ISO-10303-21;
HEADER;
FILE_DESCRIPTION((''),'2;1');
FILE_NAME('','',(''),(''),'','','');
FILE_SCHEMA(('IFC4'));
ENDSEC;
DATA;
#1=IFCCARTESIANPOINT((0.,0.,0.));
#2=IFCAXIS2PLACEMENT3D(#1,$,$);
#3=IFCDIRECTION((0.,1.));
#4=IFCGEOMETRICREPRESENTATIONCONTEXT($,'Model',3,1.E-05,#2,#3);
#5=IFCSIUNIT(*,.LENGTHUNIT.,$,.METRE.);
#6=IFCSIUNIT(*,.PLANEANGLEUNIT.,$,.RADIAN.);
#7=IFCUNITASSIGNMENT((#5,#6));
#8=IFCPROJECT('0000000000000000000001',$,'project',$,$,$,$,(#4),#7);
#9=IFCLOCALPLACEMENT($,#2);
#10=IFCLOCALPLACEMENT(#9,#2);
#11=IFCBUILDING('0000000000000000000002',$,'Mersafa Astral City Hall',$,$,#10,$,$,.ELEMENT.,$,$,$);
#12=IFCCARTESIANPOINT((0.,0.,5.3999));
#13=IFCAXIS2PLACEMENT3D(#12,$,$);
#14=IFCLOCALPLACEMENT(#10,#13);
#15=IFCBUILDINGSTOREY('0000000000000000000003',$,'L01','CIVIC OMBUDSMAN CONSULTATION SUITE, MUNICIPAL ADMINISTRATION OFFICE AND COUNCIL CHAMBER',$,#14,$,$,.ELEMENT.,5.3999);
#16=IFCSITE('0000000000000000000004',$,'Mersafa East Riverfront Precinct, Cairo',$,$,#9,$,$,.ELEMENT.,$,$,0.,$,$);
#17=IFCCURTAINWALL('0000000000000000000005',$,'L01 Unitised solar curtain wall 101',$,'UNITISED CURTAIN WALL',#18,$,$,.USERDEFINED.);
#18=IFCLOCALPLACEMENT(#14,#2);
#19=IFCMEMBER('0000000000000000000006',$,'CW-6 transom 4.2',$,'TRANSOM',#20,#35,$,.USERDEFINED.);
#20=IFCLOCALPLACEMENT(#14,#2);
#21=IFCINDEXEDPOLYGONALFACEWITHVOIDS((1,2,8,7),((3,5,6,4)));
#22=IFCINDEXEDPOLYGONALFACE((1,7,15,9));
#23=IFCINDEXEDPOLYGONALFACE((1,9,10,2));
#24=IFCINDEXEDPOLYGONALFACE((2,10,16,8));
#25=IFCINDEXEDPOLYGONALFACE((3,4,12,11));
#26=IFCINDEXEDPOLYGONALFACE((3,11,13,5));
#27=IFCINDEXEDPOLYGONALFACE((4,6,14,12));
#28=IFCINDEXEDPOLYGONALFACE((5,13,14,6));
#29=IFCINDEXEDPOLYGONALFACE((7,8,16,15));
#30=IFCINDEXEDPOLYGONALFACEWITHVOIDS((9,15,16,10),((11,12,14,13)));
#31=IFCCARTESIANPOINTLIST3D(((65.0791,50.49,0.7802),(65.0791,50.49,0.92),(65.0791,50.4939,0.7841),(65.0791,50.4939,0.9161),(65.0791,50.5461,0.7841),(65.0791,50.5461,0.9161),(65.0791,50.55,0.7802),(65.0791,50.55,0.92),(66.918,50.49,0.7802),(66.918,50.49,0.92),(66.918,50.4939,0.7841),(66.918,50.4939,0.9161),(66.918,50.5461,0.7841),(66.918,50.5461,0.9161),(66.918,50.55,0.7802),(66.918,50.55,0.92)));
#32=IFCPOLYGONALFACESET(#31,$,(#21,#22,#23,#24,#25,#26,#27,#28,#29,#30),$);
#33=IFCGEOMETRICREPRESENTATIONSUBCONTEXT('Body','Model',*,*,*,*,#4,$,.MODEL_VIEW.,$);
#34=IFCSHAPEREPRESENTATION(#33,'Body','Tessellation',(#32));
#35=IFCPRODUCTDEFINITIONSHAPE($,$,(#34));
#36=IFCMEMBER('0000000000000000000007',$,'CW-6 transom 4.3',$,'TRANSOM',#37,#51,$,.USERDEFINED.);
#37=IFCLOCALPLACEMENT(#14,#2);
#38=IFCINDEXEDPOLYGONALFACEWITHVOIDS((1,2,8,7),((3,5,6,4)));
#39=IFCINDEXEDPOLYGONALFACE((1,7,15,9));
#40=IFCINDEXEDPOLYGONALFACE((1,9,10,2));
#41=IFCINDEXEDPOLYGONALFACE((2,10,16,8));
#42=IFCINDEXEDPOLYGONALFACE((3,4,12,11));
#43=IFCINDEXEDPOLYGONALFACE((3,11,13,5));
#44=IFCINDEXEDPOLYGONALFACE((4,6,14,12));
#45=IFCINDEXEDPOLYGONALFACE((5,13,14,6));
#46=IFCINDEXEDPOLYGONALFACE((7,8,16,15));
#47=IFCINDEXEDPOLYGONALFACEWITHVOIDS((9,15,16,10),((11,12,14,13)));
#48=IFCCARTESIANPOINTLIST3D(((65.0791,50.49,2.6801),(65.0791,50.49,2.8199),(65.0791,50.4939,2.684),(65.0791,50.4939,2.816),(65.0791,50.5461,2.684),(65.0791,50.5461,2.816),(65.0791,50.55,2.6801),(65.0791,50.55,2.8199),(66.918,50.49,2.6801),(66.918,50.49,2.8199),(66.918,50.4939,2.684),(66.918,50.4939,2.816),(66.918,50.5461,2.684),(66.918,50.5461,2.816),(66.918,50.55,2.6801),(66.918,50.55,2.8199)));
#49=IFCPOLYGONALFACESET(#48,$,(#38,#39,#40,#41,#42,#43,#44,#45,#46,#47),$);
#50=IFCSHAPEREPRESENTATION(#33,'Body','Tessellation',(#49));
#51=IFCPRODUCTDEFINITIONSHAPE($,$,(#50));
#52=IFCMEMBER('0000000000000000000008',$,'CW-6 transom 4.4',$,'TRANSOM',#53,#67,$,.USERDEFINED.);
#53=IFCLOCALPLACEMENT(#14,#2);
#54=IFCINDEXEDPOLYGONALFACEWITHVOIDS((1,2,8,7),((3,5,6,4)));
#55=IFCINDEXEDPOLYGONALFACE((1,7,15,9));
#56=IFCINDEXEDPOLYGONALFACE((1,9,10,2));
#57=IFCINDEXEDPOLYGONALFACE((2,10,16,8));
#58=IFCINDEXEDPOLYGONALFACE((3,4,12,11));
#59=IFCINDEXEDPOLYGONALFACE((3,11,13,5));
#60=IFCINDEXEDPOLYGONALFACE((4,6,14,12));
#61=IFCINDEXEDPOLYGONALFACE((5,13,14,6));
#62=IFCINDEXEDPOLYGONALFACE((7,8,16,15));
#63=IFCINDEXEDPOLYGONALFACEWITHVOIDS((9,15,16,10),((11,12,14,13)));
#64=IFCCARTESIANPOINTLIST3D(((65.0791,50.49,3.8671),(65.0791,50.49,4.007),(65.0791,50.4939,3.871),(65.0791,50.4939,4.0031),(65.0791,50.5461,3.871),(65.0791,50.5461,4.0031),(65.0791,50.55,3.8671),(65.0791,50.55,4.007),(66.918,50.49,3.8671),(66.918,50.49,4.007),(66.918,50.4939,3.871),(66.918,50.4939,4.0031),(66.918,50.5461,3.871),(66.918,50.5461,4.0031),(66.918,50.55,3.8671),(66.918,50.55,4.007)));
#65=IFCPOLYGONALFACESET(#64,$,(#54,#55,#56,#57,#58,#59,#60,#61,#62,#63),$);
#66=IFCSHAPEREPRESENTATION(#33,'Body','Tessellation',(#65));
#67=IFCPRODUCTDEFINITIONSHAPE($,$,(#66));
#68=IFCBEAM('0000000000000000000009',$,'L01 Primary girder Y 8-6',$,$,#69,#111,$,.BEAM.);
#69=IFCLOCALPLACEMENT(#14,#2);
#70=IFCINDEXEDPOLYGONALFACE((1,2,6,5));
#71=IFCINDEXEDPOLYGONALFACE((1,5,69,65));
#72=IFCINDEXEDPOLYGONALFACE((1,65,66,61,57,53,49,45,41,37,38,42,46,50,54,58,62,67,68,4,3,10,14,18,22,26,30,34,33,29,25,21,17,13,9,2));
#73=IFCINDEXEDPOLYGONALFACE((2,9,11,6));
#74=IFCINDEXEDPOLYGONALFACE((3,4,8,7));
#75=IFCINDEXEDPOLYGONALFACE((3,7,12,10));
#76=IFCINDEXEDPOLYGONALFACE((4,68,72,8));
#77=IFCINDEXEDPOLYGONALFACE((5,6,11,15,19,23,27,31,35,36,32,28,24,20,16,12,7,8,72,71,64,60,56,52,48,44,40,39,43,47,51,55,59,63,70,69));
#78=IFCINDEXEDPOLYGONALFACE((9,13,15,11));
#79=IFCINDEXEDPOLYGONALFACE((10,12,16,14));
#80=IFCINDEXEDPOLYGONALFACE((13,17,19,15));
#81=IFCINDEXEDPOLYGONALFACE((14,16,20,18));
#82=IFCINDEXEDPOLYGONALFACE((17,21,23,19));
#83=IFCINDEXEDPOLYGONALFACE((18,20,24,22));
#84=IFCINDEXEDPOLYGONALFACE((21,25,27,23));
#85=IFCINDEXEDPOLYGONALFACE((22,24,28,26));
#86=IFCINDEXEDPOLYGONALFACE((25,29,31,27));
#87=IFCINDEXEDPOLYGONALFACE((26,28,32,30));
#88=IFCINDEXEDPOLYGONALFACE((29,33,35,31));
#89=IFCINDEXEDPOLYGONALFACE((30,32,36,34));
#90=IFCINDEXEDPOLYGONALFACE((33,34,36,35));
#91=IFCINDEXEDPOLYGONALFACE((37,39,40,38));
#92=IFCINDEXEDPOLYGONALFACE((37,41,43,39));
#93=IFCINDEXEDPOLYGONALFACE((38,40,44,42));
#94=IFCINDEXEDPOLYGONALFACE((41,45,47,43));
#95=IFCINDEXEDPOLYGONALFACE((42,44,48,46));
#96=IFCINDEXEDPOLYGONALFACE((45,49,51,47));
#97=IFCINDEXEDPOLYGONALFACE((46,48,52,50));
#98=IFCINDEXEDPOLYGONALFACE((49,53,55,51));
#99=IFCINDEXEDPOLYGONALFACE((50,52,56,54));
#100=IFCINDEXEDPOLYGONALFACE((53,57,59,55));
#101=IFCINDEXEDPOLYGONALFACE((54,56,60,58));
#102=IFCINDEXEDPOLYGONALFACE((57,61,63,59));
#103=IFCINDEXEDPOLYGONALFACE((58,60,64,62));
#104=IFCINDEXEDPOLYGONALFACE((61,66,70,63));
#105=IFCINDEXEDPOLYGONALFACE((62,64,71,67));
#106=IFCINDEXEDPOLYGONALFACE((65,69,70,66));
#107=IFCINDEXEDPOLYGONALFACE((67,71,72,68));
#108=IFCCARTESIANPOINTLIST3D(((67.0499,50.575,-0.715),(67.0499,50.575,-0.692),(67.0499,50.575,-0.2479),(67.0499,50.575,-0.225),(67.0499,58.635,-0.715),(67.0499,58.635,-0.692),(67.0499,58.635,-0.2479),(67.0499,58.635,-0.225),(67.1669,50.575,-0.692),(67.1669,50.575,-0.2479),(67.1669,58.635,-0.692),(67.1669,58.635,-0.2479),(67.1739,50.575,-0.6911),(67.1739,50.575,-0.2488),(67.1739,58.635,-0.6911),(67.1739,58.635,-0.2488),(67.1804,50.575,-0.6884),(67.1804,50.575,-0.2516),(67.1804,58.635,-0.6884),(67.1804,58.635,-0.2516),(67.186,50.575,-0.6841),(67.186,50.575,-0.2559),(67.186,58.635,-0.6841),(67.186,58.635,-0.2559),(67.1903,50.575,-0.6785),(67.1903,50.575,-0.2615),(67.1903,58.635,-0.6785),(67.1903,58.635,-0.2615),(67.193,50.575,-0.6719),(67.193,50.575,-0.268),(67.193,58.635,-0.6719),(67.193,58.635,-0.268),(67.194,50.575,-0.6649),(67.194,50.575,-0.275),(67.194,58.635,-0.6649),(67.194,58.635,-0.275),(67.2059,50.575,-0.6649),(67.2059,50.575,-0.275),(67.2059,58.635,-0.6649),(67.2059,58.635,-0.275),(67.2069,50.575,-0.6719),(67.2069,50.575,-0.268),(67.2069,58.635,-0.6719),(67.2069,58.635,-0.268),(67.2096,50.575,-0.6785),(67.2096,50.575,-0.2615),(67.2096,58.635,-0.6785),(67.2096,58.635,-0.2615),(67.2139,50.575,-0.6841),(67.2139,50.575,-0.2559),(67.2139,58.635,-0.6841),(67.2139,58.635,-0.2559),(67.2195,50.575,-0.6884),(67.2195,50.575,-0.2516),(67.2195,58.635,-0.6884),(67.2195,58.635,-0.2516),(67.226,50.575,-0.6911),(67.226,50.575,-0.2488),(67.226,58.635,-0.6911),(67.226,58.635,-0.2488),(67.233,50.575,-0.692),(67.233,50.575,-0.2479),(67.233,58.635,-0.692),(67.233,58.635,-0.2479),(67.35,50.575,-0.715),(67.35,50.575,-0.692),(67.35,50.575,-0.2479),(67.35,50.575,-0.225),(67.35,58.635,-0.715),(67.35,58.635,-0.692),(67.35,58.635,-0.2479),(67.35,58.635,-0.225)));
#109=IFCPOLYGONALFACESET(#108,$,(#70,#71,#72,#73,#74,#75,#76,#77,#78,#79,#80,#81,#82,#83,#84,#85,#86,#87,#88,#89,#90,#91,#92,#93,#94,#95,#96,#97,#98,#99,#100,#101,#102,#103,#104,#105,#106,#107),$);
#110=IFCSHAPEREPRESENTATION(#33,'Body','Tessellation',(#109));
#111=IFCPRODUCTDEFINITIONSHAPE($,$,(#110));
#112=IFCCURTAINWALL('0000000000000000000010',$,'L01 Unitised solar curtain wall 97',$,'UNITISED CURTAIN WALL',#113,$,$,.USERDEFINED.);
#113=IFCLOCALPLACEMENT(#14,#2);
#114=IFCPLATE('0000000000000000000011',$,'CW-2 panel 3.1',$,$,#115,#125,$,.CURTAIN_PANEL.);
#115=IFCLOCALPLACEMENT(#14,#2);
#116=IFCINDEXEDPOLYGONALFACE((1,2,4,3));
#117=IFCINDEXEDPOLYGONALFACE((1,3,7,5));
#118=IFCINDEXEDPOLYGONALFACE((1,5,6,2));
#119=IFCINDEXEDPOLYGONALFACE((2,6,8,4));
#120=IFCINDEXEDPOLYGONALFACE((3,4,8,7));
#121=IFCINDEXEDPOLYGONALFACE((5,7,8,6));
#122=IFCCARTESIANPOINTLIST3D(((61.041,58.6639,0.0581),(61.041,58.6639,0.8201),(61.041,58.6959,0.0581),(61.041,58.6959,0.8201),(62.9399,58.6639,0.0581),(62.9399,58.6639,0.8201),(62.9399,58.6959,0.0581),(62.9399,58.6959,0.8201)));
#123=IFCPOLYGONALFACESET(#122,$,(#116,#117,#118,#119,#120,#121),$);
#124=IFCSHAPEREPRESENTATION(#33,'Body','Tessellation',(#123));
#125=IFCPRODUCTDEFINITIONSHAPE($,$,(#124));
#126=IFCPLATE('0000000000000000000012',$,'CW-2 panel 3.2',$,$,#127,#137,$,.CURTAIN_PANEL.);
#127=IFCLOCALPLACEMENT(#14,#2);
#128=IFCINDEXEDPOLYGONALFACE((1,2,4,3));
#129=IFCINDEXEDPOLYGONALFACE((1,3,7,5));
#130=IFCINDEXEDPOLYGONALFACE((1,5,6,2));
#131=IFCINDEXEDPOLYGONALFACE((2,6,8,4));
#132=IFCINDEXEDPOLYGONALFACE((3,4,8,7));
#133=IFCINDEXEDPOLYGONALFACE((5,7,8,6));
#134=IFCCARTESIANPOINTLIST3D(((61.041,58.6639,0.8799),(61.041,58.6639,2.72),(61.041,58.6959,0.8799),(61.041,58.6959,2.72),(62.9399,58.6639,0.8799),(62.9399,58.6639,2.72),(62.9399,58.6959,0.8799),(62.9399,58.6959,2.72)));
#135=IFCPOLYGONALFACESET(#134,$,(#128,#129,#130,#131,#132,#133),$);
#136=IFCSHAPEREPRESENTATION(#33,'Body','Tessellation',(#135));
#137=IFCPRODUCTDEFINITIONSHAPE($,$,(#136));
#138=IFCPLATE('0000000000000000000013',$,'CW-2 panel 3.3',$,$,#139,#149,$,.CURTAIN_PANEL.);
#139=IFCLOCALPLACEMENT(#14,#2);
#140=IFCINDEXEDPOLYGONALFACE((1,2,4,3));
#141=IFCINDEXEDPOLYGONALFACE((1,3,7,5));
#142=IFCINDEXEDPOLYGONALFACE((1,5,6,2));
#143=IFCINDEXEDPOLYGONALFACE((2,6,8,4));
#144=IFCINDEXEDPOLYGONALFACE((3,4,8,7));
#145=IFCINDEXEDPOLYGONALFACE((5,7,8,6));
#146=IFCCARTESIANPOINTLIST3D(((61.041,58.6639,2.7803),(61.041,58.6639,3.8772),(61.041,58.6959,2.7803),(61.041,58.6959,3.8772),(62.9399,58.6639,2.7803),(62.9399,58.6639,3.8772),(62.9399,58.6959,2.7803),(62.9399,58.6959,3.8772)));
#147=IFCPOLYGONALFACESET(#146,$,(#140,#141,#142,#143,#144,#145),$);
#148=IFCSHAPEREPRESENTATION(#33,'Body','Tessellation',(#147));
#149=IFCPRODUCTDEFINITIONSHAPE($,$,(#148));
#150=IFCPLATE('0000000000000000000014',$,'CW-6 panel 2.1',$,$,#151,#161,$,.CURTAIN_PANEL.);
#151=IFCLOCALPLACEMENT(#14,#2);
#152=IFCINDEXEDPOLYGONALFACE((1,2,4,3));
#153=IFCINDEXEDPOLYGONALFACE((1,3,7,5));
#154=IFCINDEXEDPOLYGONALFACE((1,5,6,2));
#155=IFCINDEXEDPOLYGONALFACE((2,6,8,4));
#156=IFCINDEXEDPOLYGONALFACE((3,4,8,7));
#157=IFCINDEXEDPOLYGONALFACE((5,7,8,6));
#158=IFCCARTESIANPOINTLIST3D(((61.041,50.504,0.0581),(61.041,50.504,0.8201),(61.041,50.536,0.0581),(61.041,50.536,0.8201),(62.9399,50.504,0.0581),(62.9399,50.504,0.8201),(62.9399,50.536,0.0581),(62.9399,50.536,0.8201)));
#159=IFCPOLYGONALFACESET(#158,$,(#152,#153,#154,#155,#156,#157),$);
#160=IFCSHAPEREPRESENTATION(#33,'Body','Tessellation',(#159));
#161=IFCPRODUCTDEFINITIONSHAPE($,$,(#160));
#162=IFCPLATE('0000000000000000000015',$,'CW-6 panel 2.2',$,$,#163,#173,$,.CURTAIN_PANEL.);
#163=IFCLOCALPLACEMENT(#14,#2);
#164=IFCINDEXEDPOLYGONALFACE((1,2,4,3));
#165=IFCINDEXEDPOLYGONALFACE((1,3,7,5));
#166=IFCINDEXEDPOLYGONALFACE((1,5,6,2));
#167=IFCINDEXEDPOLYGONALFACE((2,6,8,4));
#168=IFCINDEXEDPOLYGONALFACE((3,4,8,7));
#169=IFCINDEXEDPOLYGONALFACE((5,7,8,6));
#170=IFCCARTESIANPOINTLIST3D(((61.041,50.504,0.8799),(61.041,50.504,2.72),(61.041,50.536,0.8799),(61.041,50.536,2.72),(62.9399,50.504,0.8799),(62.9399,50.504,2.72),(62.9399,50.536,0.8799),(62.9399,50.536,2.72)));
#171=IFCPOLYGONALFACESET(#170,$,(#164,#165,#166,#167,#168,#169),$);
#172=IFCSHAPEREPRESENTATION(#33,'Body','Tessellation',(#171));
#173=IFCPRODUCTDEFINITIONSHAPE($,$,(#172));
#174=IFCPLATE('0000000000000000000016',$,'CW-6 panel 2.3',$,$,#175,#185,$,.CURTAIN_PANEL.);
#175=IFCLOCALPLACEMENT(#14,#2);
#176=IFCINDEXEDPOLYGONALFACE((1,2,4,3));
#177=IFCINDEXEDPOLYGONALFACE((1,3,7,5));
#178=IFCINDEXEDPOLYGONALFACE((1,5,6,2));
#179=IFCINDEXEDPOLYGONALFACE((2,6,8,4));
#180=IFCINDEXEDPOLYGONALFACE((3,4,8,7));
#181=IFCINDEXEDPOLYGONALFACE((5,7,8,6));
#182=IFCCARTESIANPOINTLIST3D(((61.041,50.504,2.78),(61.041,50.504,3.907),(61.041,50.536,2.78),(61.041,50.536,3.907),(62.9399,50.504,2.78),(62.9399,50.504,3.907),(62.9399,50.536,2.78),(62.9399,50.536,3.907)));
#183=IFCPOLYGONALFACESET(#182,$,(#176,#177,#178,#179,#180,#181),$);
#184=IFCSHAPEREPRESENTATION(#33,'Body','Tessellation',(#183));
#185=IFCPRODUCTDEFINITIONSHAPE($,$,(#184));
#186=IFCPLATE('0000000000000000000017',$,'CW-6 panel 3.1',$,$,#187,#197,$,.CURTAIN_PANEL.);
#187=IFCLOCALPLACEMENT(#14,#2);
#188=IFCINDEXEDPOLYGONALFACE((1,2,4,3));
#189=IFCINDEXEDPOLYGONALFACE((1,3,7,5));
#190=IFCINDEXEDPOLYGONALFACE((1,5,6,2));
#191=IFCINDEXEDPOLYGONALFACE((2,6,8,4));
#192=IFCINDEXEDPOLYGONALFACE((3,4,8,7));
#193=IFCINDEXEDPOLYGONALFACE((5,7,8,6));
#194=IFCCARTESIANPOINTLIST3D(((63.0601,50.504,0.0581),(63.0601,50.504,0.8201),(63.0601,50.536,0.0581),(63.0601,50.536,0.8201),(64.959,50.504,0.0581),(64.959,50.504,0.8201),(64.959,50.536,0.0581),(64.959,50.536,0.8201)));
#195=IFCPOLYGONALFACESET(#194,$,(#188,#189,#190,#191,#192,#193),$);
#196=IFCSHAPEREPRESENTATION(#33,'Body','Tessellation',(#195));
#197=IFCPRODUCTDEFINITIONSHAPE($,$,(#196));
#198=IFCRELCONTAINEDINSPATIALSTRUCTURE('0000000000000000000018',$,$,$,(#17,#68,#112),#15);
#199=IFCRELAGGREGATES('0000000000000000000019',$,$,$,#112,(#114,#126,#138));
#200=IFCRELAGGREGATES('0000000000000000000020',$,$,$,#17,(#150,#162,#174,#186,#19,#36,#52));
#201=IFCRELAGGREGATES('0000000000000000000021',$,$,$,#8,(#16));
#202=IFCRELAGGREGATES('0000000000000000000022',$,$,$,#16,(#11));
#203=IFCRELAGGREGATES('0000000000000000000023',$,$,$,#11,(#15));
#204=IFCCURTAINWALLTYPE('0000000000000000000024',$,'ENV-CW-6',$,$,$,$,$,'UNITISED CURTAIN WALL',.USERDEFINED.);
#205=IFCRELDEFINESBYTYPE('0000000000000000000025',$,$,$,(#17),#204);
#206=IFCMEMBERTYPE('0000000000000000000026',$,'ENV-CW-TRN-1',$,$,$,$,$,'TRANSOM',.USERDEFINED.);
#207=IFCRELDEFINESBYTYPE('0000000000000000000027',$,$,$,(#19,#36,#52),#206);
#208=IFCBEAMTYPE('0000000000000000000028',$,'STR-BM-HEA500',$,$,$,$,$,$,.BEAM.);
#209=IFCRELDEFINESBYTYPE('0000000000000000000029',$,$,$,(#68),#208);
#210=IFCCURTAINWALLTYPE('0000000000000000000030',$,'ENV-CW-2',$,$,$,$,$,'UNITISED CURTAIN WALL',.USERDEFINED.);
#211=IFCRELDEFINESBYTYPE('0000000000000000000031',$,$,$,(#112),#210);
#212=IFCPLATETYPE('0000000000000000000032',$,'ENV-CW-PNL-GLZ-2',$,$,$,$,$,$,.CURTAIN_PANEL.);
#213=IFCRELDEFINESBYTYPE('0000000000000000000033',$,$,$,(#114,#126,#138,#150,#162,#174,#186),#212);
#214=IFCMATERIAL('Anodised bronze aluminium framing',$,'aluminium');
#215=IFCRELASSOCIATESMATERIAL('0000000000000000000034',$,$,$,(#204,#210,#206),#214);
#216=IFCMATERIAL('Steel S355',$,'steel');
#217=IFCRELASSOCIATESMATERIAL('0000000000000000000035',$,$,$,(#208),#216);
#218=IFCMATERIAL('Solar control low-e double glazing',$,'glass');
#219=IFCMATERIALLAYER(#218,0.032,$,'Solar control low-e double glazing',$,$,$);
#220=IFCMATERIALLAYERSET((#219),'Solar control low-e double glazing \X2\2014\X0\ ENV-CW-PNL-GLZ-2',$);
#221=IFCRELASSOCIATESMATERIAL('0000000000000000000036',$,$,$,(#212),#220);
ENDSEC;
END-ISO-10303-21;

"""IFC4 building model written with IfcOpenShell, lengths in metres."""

from ifc_helpers import new_model, si_unit, direction, frame, origin, origin_2d, place, context, subcontext, project, spatial, rectangle, hollow_rectangle, i_section, extrude, material, layer, layer_set, material_profile, profile_set, type_object, element, aggregate, save


model = new_model("IFC4")

# Units and contexts
model_context = context("Model", 3, precision=1e-05, world=origin(), true_north=direction((0.0, 1.0)))
body_context = subcontext(model_context, "Body", "Model", "MODEL_VIEW")
ifc_project = project(units=[si_unit("LENGTHUNIT", "METRE"), si_unit("PLANEANGLEUNIT", "RADIAN")], contexts=[model_context])

# Site, building, storey
site_placement = place(None, origin())
site = spatial("IfcSite", under=ifc_project, at=site_placement, Name="Mersafa East Riverfront Precinct, Cairo", CompositionType="ELEMENT", RefElevation=0.0)
building_placement = place(site_placement, origin())
building = spatial("IfcBuilding", under=site, at=building_placement, Name="Mersafa Astral City Hall", CompositionType="ELEMENT")
storey_placement = place(building_placement, frame((0.0, 0.0, 5.3999)))
storey = spatial("IfcBuildingStorey", under=building, at=storey_placement, Name="L01", Description="CIVIC OMBUDSMAN CONSULTATION SUITE, MUNICIPAL ADMINISTRATION OFFICE AND COUNCIL CHAMBER", CompositionType="ELEMENT", Elevation=5.3999)

# Curtain wall, members
ifc_material_1 = material(Name="Anodised bronze aluminium framing", Category="aluminium")
curtain_wall_type_1 = type_object("IfcCurtainWallType", Name="ENV-CW-6", ElementType="UNITISED CURTAIN WALL", PredefinedType="USERDEFINED", material=ifc_material_1)
curtain_wall_1_placement = place(storey_placement, origin())
curtain_wall_1 = element("IfcCurtainWall", 1, at=curtain_wall_1_placement, inside=storey, type_object=curtain_wall_type_1, Name="L01 Unitised solar curtain wall 101", ObjectType="UNITISED CURTAIN WALL", PredefinedType="USERDEFINED")
ifc_material_profile_1 = material_profile(ifc_material_1, hollow_rectangle(XDim=0.0601, YDim=0.1399, WallThickness=0.0039, at=origin_2d()), Name="RHS 60x140x4")
ifc_profile_set_1 = profile_set([ifc_material_profile_1], Name="Anodised bronze aluminium framing")
member_type_1 = type_object("IfcMemberType", Name="ENV-CW-TRN-1", ElementType="TRANSOM", PredefinedType="USERDEFINED", material=ifc_profile_set_1)
member_1_placement = place(storey_placement, frame((65.0791, 50.52, 0.8501), z_axis=(1.0, 0.0, 0.0), x_axis=(0.0, 1.0, 0.0)))
member_1 = element("IfcMember", 2, at=member_1_placement, type_object=member_type_1, Name="CW-6 transom 4.2", ObjectType="TRANSOM", PredefinedType="USERDEFINED", context=body_context, shape_type="SweptSolid", body=[
    extrude(hollow_rectangle(XDim=0.0601, YDim=0.1399, WallThickness=0.0039, at=origin_2d()), origin(), (0.0, 0.0, 1.0), 1.8389),
])
member_2_placement = place(storey_placement, frame((65.0791, 50.52, 2.75), z_axis=(1.0, 0.0, 0.0), x_axis=(0.0, 1.0, 0.0)))
member_2 = element("IfcMember", 3, at=member_2_placement, type_object=member_type_1, Name="CW-6 transom 4.3", ObjectType="TRANSOM", PredefinedType="USERDEFINED", context=body_context, shape_type="SweptSolid", body=[
    extrude(hollow_rectangle(XDim=0.0601, YDim=0.1399, WallThickness=0.0039, at=origin_2d()), origin(), (0.0, 0.0, 1.0), 1.8389),
])
member_3_placement = place(storey_placement, frame((65.0791, 50.52, 3.937), z_axis=(1.0, 0.0, 0.0), x_axis=(0.0, 1.0, 0.0)))
member_3 = element("IfcMember", 4, at=member_3_placement, type_object=member_type_1, Name="CW-6 transom 4.4", ObjectType="TRANSOM", PredefinedType="USERDEFINED", context=body_context, shape_type="SweptSolid", body=[
    extrude(hollow_rectangle(XDim=0.0601, YDim=0.1399, WallThickness=0.0039, at=origin_2d()), origin(), (0.0, 0.0, 1.0), 1.8389),
])

# Beam
ifc_material_2 = material(Name="Steel S355", Category="steel")
ifc_material_profile_2 = material_profile(ifc_material_2, i_section(OverallWidth=0.3, OverallDepth=0.49, WebThickness=0.012, FlangeThickness=0.0229, FilletRadius=0.0271, at=origin_2d()), Name="HEA 500")
ifc_profile_set_2 = profile_set([ifc_material_profile_2], Name="Steel S355")
beam_type = type_object("IfcBeamType", Name="STR-BM-HEA500", PredefinedType="BEAM", material=ifc_profile_set_2)
beam_placement = place(storey_placement, frame((67.2, 50.575, -0.47), z_axis=(0.0, 1.0, 0.0), x_axis=(-1.0, 0.0, 0.0)))
element("IfcBeam", 5, at=beam_placement, inside=storey, type_object=beam_type, Name="L01 Primary girder Y 8-6", PredefinedType="BEAM", context=body_context, shape_type="SweptSolid", body=[
    extrude(i_section(OverallWidth=0.3, OverallDepth=0.49, WebThickness=0.012, FlangeThickness=0.0229, FilletRadius=0.0271, at=origin_2d()), origin(), (0.0, 0.0, 1.0), 8.0601),
])

# Curtain wall, plates
curtain_wall_type_2 = type_object("IfcCurtainWallType", Name="ENV-CW-2", ElementType="UNITISED CURTAIN WALL", PredefinedType="USERDEFINED", material=ifc_material_1)
curtain_wall_2_placement = place(storey_placement, origin())
curtain_wall_2 = element("IfcCurtainWall", 6, at=curtain_wall_2_placement, inside=storey, type_object=curtain_wall_type_2, Name="L01 Unitised solar curtain wall 97", ObjectType="UNITISED CURTAIN WALL", PredefinedType="USERDEFINED")
ifc_material_3 = material(Name="Solar control low-e double glazing", Category="glass")
ifc_layer_1 = layer(ifc_material_3, 0.032, Name="Solar control low-e double glazing")
ifc_layer_set_1 = layer_set([ifc_layer_1], Name="Solar control low-e double glazing — ENV-CW-PNL-GLZ-2")
plate_type = type_object("IfcPlateType", Name="ENV-CW-PNL-GLZ-2", PredefinedType="CURTAIN_PANEL", material=ifc_layer_set_1)
plate_1_placement = place(storey_placement, frame((61.9905, 58.6799, 0.0581), z_axis=(0.0, 0.0, 1.0), x_axis=(-1.0, 0.0, 0.0)))
plate_1 = element("IfcPlate", 7, at=plate_1_placement, type_object=plate_type, Name="CW-2 panel 3.1", PredefinedType="CURTAIN_PANEL", context=body_context, shape_type="SweptSolid", body=[
    extrude(rectangle(XDim=1.8989, YDim=0.032, at=origin_2d()), origin(), (0.0, 0.0, 1.0), 0.762),
])
plate_2_placement = place(storey_placement, frame((61.9905, 58.6799, 0.8799), z_axis=(0.0, 0.0, 1.0), x_axis=(-1.0, 0.0, 0.0)))
plate_2 = element("IfcPlate", 8, at=plate_2_placement, type_object=plate_type, Name="CW-2 panel 3.2", PredefinedType="CURTAIN_PANEL", context=body_context, shape_type="SweptSolid", body=[
    extrude(rectangle(XDim=1.8989, YDim=0.032, at=origin_2d()), origin(), (0.0, 0.0, 1.0), 1.8401),
])
plate_3_placement = place(storey_placement, frame((61.9905, 58.6799, 2.7803), z_axis=(0.0, 0.0, 1.0), x_axis=(-1.0, 0.0, 0.0)))
plate_3 = element("IfcPlate", 9, at=plate_3_placement, type_object=plate_type, Name="CW-2 panel 3.3", PredefinedType="CURTAIN_PANEL", context=body_context, shape_type="SweptSolid", body=[
    extrude(rectangle(XDim=1.8989, YDim=0.032, at=origin_2d()), origin(), (0.0, 0.0, 1.0), 1.0969),
])
aggregate(curtain_wall_2, [plate_1, plate_2, plate_3])

# Plates
plate_4_placement = place(storey_placement, frame((61.9905, 50.52, 0.0581), z_axis=(0.0, 0.0, 1.0), x_axis=(1.0, 0.0, 0.0)))
plate_4 = element("IfcPlate", 10, at=plate_4_placement, type_object=plate_type, Name="CW-6 panel 2.1", PredefinedType="CURTAIN_PANEL", context=body_context, shape_type="SweptSolid", body=[
    extrude(rectangle(XDim=1.8989, YDim=0.032, at=origin_2d()), origin(), (0.0, 0.0, 1.0), 0.762),
])
plate_5_placement = place(storey_placement, frame((61.9905, 50.52, 0.8799), z_axis=(0.0, 0.0, 1.0), x_axis=(1.0, 0.0, 0.0)))
plate_5 = element("IfcPlate", 11, at=plate_5_placement, type_object=plate_type, Name="CW-6 panel 2.2", PredefinedType="CURTAIN_PANEL", context=body_context, shape_type="SweptSolid", body=[
    extrude(rectangle(XDim=1.8989, YDim=0.032, at=origin_2d()), origin(), (0.0, 0.0, 1.0), 1.8401),
])
plate_6_placement = place(storey_placement, frame((61.9905, 50.52, 2.78), z_axis=(0.0, 0.0, 1.0), x_axis=(1.0, 0.0, 0.0)))
plate_6 = element("IfcPlate", 12, at=plate_6_placement, type_object=plate_type, Name="CW-6 panel 2.3", PredefinedType="CURTAIN_PANEL", context=body_context, shape_type="SweptSolid", body=[
    extrude(rectangle(XDim=1.8989, YDim=0.032, at=origin_2d()), origin(), (0.0, 0.0, 1.0), 1.127),
])
plate_7_placement = place(storey_placement, frame((64.0095, 50.52, 0.0581), z_axis=(0.0, 0.0, 1.0), x_axis=(1.0, 0.0, 0.0)))
plate_7 = element("IfcPlate", 13, at=plate_7_placement, type_object=plate_type, Name="CW-6 panel 3.1", PredefinedType="CURTAIN_PANEL", context=body_context, shape_type="SweptSolid", body=[
    extrude(rectangle(XDim=1.8989, YDim=0.032, at=origin_2d()), origin(), (0.0, 0.0, 1.0), 0.762),
])
aggregate(curtain_wall_1, [plate_4, plate_5, plate_6, plate_7, member_1, member_2, member_3])

save(model, "model.ifc")
